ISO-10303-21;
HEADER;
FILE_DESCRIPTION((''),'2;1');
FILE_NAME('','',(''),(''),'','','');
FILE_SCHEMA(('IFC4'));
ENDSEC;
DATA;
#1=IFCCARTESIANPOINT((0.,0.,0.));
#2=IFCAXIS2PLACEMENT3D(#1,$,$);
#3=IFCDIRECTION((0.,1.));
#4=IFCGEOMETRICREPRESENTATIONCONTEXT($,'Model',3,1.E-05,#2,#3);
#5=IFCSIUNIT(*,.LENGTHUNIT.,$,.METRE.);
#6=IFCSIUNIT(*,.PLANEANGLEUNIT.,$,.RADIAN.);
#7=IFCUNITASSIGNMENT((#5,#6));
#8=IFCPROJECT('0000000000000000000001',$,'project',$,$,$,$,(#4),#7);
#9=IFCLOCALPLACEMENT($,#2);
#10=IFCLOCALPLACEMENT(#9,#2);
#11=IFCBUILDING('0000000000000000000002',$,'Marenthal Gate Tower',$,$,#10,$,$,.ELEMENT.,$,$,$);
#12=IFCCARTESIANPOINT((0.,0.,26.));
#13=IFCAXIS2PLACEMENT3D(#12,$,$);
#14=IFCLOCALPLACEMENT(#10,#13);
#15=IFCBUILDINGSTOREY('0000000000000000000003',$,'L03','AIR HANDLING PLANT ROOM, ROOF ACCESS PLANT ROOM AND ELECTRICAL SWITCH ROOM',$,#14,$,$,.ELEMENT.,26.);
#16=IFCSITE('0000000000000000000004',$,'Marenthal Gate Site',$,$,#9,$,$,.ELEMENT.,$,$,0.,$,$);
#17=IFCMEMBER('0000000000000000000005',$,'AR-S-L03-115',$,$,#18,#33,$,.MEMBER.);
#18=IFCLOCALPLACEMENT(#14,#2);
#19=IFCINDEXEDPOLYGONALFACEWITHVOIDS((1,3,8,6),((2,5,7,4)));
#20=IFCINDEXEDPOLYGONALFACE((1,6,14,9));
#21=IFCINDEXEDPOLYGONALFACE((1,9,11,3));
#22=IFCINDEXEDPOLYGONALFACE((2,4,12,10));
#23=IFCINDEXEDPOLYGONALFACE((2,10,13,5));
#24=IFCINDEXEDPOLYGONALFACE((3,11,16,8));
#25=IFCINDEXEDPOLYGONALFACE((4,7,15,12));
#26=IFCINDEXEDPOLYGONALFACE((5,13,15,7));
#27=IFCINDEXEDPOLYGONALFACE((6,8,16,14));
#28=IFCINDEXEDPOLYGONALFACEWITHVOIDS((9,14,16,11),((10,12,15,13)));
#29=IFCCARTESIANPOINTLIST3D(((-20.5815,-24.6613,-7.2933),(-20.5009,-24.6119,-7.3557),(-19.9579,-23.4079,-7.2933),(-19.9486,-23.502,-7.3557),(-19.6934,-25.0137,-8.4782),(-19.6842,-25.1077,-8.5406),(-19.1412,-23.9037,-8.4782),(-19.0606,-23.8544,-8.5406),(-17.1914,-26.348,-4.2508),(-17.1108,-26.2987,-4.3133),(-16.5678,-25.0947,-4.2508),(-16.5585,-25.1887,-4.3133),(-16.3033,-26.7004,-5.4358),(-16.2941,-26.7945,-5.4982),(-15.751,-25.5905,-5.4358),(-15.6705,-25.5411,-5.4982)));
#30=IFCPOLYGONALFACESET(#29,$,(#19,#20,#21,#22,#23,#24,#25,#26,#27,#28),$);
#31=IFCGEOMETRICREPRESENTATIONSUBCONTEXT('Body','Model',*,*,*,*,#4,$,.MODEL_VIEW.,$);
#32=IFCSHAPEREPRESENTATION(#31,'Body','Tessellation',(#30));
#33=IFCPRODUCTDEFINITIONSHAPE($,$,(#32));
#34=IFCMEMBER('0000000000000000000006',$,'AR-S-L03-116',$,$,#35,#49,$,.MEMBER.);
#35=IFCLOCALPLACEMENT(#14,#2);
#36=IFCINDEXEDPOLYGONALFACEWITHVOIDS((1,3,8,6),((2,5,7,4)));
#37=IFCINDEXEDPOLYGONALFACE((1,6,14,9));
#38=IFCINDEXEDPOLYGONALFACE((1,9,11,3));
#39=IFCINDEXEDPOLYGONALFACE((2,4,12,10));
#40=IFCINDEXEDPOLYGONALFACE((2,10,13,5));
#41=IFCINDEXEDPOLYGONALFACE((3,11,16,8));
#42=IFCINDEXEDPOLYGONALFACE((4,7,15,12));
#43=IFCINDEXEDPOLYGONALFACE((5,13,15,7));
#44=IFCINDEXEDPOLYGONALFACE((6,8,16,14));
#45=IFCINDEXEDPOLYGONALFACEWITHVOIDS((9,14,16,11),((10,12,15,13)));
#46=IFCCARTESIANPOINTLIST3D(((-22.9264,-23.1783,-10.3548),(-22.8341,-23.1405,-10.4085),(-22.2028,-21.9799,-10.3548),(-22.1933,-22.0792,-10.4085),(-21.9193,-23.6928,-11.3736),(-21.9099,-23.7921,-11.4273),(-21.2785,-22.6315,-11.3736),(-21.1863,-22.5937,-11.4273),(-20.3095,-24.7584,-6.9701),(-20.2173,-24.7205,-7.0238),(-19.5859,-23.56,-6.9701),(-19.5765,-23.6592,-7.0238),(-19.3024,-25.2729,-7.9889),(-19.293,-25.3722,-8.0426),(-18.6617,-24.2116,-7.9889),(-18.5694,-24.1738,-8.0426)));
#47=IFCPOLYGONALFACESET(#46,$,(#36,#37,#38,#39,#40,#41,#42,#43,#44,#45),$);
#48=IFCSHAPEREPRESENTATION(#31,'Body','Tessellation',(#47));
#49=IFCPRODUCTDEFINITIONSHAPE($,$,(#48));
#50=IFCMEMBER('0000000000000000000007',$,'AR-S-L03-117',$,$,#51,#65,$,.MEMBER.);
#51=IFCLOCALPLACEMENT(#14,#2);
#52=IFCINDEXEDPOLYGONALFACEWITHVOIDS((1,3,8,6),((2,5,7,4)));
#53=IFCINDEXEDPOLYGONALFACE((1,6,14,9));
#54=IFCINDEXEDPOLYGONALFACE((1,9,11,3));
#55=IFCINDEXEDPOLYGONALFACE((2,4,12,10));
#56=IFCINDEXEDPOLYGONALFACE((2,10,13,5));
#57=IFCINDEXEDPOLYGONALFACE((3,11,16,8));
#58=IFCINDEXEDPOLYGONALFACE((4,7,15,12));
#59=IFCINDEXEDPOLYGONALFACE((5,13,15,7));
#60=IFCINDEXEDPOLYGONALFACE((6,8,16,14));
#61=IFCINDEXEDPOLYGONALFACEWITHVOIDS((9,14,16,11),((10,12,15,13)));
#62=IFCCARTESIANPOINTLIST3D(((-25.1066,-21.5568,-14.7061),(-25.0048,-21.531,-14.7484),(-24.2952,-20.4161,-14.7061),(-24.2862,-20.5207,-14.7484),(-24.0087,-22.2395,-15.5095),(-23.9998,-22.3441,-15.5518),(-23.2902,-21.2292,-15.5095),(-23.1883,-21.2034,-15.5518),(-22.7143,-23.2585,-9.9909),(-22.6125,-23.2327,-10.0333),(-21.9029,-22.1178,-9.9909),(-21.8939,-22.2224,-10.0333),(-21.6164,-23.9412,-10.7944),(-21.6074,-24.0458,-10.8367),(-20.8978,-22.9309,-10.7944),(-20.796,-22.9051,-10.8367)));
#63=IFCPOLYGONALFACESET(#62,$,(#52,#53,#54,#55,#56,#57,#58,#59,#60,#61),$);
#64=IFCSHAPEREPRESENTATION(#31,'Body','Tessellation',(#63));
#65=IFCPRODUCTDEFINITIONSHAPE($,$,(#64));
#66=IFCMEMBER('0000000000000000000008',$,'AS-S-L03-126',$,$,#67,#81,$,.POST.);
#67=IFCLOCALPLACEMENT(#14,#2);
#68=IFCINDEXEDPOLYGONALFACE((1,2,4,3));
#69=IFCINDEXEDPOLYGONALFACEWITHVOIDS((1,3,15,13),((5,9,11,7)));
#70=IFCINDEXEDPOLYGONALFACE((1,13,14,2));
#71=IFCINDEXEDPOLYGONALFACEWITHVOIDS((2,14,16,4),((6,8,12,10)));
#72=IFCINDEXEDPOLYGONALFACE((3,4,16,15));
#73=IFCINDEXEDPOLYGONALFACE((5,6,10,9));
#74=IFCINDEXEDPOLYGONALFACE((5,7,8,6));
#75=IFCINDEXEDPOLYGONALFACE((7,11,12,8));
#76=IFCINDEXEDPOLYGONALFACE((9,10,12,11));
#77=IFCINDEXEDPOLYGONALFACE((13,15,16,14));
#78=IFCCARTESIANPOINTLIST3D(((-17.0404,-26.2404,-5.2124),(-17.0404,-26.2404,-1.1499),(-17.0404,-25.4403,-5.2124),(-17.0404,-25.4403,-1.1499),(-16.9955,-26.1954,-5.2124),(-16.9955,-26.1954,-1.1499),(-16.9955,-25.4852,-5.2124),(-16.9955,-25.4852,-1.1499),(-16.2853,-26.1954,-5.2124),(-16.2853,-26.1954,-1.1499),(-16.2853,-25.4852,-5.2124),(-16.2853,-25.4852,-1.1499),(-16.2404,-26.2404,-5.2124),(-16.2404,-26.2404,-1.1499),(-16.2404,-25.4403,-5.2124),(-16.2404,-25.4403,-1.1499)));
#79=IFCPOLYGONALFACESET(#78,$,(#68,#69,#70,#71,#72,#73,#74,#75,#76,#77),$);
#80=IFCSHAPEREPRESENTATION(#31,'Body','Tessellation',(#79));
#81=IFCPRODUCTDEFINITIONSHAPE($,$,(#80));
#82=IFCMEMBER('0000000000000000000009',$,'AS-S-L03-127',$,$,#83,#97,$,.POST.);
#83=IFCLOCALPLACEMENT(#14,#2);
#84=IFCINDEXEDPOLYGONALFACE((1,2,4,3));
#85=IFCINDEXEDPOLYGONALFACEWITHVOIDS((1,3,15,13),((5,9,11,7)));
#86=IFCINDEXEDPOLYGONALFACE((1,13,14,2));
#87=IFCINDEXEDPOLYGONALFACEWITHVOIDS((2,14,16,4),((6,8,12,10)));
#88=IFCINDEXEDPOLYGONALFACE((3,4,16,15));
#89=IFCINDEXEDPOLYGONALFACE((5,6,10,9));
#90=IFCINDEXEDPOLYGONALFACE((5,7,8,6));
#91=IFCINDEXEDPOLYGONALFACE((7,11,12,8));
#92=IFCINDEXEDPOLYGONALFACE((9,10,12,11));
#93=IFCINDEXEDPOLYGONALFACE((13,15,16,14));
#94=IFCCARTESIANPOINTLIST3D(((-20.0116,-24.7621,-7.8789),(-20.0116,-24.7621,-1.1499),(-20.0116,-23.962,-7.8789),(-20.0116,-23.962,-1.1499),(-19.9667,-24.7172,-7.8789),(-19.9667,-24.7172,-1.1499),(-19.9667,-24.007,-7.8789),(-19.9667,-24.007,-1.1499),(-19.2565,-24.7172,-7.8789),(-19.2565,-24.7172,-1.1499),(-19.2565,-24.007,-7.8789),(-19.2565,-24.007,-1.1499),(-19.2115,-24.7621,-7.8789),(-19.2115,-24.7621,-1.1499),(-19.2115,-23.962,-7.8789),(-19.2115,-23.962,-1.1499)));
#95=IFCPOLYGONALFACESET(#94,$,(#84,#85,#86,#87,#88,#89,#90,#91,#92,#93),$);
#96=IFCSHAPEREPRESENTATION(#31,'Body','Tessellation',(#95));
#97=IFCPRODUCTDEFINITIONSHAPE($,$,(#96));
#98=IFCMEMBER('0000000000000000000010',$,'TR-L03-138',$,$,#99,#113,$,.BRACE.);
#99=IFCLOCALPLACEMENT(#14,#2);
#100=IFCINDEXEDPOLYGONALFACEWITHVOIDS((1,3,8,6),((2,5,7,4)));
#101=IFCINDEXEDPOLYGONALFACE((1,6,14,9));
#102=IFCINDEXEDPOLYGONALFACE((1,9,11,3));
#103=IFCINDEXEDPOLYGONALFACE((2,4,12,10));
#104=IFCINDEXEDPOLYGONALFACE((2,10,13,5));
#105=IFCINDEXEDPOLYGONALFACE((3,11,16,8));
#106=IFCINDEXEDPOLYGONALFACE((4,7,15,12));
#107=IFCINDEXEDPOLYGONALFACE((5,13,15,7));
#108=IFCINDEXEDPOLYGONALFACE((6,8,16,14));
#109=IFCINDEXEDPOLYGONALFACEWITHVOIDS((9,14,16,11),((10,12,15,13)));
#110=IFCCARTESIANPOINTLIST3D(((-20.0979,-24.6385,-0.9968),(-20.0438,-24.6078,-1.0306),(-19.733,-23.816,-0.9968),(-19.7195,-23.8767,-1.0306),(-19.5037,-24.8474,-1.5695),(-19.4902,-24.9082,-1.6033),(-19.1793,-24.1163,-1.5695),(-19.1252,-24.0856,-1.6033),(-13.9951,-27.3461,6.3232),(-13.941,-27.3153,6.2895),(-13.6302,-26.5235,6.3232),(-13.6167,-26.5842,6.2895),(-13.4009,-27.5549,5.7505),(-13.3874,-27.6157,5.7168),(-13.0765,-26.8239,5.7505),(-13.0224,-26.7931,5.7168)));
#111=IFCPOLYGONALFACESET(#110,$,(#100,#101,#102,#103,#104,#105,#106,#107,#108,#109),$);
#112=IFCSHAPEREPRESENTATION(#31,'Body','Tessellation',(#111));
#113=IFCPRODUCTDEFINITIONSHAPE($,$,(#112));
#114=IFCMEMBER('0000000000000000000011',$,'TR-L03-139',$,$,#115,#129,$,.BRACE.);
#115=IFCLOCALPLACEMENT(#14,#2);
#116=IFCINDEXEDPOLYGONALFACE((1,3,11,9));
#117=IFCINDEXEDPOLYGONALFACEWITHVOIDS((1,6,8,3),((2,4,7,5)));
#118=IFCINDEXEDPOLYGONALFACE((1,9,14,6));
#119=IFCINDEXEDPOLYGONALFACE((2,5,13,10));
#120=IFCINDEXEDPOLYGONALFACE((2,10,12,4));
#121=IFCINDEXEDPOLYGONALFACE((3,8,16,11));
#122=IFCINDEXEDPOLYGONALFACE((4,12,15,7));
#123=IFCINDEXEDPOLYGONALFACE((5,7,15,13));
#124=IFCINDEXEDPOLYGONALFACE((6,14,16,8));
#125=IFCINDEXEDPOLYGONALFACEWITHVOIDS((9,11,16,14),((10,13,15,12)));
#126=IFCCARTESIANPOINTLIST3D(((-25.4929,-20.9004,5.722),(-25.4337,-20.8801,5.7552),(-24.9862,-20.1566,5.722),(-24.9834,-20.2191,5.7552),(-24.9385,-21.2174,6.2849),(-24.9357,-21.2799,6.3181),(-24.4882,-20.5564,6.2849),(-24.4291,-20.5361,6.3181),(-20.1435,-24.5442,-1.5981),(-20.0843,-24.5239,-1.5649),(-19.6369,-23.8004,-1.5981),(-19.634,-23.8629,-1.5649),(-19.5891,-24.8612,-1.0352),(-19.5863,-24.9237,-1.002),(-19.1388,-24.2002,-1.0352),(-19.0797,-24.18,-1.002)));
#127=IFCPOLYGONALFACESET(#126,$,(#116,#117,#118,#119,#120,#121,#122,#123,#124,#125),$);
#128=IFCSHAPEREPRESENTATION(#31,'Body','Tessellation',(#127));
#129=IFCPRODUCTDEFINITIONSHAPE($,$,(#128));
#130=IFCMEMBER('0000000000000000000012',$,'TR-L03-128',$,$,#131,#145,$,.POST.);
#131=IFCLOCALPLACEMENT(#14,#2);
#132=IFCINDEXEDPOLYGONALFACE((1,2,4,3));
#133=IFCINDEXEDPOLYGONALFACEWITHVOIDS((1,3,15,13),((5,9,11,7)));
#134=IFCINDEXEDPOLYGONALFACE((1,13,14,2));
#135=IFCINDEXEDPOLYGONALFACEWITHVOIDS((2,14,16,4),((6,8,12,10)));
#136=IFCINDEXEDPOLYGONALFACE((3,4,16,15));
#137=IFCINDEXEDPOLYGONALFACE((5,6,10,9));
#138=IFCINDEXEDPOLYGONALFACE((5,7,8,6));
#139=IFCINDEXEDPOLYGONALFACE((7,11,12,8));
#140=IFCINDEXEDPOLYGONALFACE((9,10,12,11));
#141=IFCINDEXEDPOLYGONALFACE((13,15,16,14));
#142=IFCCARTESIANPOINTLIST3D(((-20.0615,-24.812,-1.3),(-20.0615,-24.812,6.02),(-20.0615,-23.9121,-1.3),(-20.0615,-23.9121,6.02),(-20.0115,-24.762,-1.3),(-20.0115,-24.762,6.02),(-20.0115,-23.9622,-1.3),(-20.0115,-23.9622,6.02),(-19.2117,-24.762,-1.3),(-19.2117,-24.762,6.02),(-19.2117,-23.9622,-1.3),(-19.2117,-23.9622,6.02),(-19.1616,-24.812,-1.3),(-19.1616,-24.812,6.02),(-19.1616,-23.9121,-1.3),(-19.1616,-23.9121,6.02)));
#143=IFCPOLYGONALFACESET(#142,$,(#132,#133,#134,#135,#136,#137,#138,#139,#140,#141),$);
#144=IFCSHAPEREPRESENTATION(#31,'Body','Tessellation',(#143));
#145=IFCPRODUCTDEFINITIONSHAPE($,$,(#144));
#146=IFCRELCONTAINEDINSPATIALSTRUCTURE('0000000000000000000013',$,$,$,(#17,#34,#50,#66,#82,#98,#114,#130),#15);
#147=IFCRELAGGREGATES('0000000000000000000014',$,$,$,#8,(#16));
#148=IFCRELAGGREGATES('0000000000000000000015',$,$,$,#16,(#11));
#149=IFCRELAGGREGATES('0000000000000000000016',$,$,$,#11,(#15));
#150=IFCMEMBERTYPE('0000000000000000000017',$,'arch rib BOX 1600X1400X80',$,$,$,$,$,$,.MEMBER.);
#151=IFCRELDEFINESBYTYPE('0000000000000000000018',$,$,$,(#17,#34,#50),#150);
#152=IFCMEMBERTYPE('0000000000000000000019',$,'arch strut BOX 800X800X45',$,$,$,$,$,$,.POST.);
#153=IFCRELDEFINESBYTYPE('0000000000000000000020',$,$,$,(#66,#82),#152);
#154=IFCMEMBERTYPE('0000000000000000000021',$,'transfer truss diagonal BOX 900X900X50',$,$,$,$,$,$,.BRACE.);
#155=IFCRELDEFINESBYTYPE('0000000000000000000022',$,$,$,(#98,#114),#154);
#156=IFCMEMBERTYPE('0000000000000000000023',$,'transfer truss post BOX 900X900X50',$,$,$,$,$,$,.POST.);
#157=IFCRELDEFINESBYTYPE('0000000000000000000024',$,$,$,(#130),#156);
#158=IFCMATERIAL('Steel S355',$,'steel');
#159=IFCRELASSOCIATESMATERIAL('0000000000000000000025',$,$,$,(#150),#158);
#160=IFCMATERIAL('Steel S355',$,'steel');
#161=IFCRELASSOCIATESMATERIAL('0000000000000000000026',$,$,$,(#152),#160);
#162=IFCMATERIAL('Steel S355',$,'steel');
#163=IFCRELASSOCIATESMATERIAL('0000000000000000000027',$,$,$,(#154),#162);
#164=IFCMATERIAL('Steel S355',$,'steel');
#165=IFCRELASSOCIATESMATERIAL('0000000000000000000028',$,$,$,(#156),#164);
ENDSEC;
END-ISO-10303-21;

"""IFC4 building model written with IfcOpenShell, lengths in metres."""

from ifc_helpers import new_model, si_unit, direction, frame, origin, origin_2d, place, context, subcontext, project, spatial, hollow_rectangle, extrude, material, material_profile, profile_set, type_object, element, save


model = new_model("IFC4")

# Units and contexts
model_context = context("Model", 3, precision=1e-05, world=origin(), true_north=direction((0.0, 1.0)))
body_context = subcontext(model_context, "Body", "Model", "MODEL_VIEW")
ifc_project = project(units=[si_unit("LENGTHUNIT", "METRE"), si_unit("PLANEANGLEUNIT", "RADIAN")], contexts=[model_context])

# Site, building, storey
site_placement = place(None, origin())
site = spatial("IfcSite", under=ifc_project, at=site_placement, Name="Marenthal Gate Site", CompositionType="ELEMENT", RefElevation=0.0)
building_placement = place(site_placement, origin())
building = spatial("IfcBuilding", under=site, at=building_placement, Name="Marenthal Gate Tower", CompositionType="ELEMENT")
storey_placement = place(building_placement, frame((0.0, 0.0, 26.0)))
storey = spatial("IfcBuildingStorey", under=building, at=storey_placement, Name="L03", Description="AIR HANDLING PLANT ROOM, ROOF ACCESS PLANT ROOM AND ELECTRICAL SWITCH ROOM", CompositionType="ELEMENT", Elevation=26.0)

# Members
ifc_material_1 = material(Name="Steel S355", Category="steel")
ifc_material_profile_1 = material_profile(ifc_material_1, hollow_rectangle(XDim=1.3999, YDim=1.6001, WallThickness=0.0801, at=origin_2d()), Name="BOX 1600X1400X80")
ifc_profile_set_1 = profile_set([ifc_material_profile_1], Name="Steel S355")
member_type_1 = type_object("IfcMemberType", Name="arch rib BOX 1600X1400X80", PredefinedType="MEMBER", material=ifc_profile_set_1)
member_1_placement = place(storey_placement, frame((-16.4309, -25.9446, -4.8745), z_axis=(-0.697924, 0.347253, -0.626352), x_axis=(-0.445459, -0.895302, 0.0)))
element("IfcMember", 1, at=member_1_placement, inside=storey, type_object=member_type_1, Name="AR-S-L03-115", PredefinedType="MEMBER", context=body_context, shape_type="SweptSolid", body=[
    extrude(hollow_rectangle(XDim=1.3999, YDim=1.6001, WallThickness=0.0801, at=origin_2d()), origin(), (0.0, 0.0, 1.0), 4.8574),
])
member_2_placement = place(storey_placement, frame((-19.4395, -24.4661, -7.5063), z_axis=(-0.57378, 0.346441, -0.742129), x_axis=(-0.516878, -0.856059, 0.0)))
element("IfcMember", 2, at=member_2_placement, inside=storey, type_object=member_type_1, Name="AR-S-L03-116", PredefinedType="MEMBER", context=body_context, shape_type="SweptSolid", body=[
    extrude(hollow_rectangle(XDim=1.3999, YDim=1.6001, WallThickness=0.0801, at=origin_2d()), origin(), (0.0, 0.0, 1.0), 4.5608),
])
member_3_placement = place(storey_placement, frame((-21.7551, -23.0818, -10.4138), z_axis=(-0.430712, 0.306365, -0.848898), x_axis=(-0.579624, -0.814884, 0.0)))
element("IfcMember", 3, at=member_3_placement, inside=storey, type_object=member_type_1, Name="AR-S-L03-117", PredefinedType="MEMBER", context=body_context, shape_type="SweptSolid", body=[
    extrude(hollow_rectangle(XDim=1.3999, YDim=1.6001, WallThickness=0.0801, at=origin_2d()), origin(), (0.0, 0.0, 1.0), 5.5544),
])
ifc_material_2 = material(Name="Steel S355", Category="steel")
ifc_material_profile_2 = material_profile(ifc_material_2, hollow_rectangle(XDim=0.8, YDim=0.8, WallThickness=0.0449, at=origin_2d()), Name="BOX 800X800X45")
ifc_profile_set_2 = profile_set([ifc_material_profile_2], Name="Steel S355")
member_type_2 = type_object("IfcMemberType", Name="arch strut BOX 800X800X45", PredefinedType="POST", material=ifc_profile_set_2)
member_4_placement = place(storey_placement, frame((-16.6404, -25.8403, -5.2124), z_axis=(0.0, 0.0, 1.0), x_axis=(1.0, 0.0, 0.0)))
element("IfcMember", 4, at=member_4_placement, inside=storey, type_object=member_type_2, Name="AS-S-L03-126", PredefinedType="POST", context=body_context, shape_type="SweptSolid", body=[
    extrude(hollow_rectangle(XDim=0.8, YDim=0.8, WallThickness=0.0449, at=origin_2d()), origin(), (0.0, 0.0, 1.0), 4.0625),
])
member_5_placement = place(storey_placement, frame((-19.6116, -24.3621, -7.8789), z_axis=(0.0, 0.0, 1.0), x_axis=(1.0, 0.0, 0.0)))
element("IfcMember", 5, at=member_5_placement, inside=storey, type_object=member_type_2, Name="AS-S-L03-127", PredefinedType="POST", context=body_context, shape_type="SweptSolid", body=[
    extrude(hollow_rectangle(XDim=0.8, YDim=0.8, WallThickness=0.0449, at=origin_2d()), origin(), (0.0, 0.0, 1.0), 6.729),
])
ifc_material_3 = material(Name="Steel S355", Category="steel")
ifc_material_profile_3 = material_profile(ifc_material_3, hollow_rectangle(XDim=0.8999, YDim=0.8999, WallThickness=0.05, at=origin_2d()), Name="BOX 900X900X50")
ifc_profile_set_3 = profile_set([ifc_material_profile_3], Name="Steel S355")
member_type_3 = type_object("IfcMemberType", Name="transfer truss diagonal BOX 900X900X50", PredefinedType="BRACE", material=ifc_profile_set_3)
member_6_placement = place(storey_placement, frame((-13.5088, -27.0696, 6.02), z_axis=(-0.615978, 0.273281, -0.738843), x_axis=(-0.405534, -0.91408, 0.0)))
element("IfcMember", 6, at=member_6_placement, inside=storey, type_object=member_type_3, Name="TR-L03-138", PredefinedType="BRACE", context=body_context, shape_type="SweptSolid", body=[
    extrude(hollow_rectangle(XDim=0.8999, YDim=0.8999, WallThickness=0.05, at=origin_2d()), origin(), (0.0, 0.0, 1.0), 9.9075),
])
member_7_placement = place(storey_placement, frame((-19.6116, -24.3621, -1.3), z_axis=(-0.547462, 0.372912, 0.749147), x_axis=(-0.562968, -0.826479, 0.0)))
element("IfcMember", 7, at=member_7_placement, inside=storey, type_object=member_type_3, Name="TR-L03-139", PredefinedType="BRACE", context=body_context, shape_type="SweptSolid", body=[
    extrude(hollow_rectangle(XDim=0.8999, YDim=0.8999, WallThickness=0.05, at=origin_2d()), origin(), (0.0, 0.0, 1.0), 9.7712),
])
ifc_material_4 = material(Name="Steel S355", Category="steel")
ifc_material_profile_4 = material_profile(ifc_material_4, hollow_rectangle(XDim=0.8999, YDim=0.8999, WallThickness=0.05, at=origin_2d()), Name="BOX 900X900X50")
ifc_profile_set_4 = profile_set([ifc_material_profile_4], Name="Steel S355")
member_type_4 = type_object("IfcMemberType", Name="transfer truss post BOX 900X900X50", PredefinedType="POST", material=ifc_profile_set_4)
member_8_placement = place(storey_placement, frame((-19.6116, -24.3621, -1.3), z_axis=(0.0, 0.0, 1.0), x_axis=(1.0, 0.0, 0.0)))
element("IfcMember", 8, at=member_8_placement, inside=storey, type_object=member_type_4, Name="TR-L03-128", PredefinedType="POST", context=body_context, shape_type="SweptSolid", body=[
    extrude(hollow_rectangle(XDim=0.8999, YDim=0.8999, WallThickness=0.05, at=origin_2d()), origin(), (0.0, 0.0, 1.0), 7.3201),
])

save(model, "model.ifc")
